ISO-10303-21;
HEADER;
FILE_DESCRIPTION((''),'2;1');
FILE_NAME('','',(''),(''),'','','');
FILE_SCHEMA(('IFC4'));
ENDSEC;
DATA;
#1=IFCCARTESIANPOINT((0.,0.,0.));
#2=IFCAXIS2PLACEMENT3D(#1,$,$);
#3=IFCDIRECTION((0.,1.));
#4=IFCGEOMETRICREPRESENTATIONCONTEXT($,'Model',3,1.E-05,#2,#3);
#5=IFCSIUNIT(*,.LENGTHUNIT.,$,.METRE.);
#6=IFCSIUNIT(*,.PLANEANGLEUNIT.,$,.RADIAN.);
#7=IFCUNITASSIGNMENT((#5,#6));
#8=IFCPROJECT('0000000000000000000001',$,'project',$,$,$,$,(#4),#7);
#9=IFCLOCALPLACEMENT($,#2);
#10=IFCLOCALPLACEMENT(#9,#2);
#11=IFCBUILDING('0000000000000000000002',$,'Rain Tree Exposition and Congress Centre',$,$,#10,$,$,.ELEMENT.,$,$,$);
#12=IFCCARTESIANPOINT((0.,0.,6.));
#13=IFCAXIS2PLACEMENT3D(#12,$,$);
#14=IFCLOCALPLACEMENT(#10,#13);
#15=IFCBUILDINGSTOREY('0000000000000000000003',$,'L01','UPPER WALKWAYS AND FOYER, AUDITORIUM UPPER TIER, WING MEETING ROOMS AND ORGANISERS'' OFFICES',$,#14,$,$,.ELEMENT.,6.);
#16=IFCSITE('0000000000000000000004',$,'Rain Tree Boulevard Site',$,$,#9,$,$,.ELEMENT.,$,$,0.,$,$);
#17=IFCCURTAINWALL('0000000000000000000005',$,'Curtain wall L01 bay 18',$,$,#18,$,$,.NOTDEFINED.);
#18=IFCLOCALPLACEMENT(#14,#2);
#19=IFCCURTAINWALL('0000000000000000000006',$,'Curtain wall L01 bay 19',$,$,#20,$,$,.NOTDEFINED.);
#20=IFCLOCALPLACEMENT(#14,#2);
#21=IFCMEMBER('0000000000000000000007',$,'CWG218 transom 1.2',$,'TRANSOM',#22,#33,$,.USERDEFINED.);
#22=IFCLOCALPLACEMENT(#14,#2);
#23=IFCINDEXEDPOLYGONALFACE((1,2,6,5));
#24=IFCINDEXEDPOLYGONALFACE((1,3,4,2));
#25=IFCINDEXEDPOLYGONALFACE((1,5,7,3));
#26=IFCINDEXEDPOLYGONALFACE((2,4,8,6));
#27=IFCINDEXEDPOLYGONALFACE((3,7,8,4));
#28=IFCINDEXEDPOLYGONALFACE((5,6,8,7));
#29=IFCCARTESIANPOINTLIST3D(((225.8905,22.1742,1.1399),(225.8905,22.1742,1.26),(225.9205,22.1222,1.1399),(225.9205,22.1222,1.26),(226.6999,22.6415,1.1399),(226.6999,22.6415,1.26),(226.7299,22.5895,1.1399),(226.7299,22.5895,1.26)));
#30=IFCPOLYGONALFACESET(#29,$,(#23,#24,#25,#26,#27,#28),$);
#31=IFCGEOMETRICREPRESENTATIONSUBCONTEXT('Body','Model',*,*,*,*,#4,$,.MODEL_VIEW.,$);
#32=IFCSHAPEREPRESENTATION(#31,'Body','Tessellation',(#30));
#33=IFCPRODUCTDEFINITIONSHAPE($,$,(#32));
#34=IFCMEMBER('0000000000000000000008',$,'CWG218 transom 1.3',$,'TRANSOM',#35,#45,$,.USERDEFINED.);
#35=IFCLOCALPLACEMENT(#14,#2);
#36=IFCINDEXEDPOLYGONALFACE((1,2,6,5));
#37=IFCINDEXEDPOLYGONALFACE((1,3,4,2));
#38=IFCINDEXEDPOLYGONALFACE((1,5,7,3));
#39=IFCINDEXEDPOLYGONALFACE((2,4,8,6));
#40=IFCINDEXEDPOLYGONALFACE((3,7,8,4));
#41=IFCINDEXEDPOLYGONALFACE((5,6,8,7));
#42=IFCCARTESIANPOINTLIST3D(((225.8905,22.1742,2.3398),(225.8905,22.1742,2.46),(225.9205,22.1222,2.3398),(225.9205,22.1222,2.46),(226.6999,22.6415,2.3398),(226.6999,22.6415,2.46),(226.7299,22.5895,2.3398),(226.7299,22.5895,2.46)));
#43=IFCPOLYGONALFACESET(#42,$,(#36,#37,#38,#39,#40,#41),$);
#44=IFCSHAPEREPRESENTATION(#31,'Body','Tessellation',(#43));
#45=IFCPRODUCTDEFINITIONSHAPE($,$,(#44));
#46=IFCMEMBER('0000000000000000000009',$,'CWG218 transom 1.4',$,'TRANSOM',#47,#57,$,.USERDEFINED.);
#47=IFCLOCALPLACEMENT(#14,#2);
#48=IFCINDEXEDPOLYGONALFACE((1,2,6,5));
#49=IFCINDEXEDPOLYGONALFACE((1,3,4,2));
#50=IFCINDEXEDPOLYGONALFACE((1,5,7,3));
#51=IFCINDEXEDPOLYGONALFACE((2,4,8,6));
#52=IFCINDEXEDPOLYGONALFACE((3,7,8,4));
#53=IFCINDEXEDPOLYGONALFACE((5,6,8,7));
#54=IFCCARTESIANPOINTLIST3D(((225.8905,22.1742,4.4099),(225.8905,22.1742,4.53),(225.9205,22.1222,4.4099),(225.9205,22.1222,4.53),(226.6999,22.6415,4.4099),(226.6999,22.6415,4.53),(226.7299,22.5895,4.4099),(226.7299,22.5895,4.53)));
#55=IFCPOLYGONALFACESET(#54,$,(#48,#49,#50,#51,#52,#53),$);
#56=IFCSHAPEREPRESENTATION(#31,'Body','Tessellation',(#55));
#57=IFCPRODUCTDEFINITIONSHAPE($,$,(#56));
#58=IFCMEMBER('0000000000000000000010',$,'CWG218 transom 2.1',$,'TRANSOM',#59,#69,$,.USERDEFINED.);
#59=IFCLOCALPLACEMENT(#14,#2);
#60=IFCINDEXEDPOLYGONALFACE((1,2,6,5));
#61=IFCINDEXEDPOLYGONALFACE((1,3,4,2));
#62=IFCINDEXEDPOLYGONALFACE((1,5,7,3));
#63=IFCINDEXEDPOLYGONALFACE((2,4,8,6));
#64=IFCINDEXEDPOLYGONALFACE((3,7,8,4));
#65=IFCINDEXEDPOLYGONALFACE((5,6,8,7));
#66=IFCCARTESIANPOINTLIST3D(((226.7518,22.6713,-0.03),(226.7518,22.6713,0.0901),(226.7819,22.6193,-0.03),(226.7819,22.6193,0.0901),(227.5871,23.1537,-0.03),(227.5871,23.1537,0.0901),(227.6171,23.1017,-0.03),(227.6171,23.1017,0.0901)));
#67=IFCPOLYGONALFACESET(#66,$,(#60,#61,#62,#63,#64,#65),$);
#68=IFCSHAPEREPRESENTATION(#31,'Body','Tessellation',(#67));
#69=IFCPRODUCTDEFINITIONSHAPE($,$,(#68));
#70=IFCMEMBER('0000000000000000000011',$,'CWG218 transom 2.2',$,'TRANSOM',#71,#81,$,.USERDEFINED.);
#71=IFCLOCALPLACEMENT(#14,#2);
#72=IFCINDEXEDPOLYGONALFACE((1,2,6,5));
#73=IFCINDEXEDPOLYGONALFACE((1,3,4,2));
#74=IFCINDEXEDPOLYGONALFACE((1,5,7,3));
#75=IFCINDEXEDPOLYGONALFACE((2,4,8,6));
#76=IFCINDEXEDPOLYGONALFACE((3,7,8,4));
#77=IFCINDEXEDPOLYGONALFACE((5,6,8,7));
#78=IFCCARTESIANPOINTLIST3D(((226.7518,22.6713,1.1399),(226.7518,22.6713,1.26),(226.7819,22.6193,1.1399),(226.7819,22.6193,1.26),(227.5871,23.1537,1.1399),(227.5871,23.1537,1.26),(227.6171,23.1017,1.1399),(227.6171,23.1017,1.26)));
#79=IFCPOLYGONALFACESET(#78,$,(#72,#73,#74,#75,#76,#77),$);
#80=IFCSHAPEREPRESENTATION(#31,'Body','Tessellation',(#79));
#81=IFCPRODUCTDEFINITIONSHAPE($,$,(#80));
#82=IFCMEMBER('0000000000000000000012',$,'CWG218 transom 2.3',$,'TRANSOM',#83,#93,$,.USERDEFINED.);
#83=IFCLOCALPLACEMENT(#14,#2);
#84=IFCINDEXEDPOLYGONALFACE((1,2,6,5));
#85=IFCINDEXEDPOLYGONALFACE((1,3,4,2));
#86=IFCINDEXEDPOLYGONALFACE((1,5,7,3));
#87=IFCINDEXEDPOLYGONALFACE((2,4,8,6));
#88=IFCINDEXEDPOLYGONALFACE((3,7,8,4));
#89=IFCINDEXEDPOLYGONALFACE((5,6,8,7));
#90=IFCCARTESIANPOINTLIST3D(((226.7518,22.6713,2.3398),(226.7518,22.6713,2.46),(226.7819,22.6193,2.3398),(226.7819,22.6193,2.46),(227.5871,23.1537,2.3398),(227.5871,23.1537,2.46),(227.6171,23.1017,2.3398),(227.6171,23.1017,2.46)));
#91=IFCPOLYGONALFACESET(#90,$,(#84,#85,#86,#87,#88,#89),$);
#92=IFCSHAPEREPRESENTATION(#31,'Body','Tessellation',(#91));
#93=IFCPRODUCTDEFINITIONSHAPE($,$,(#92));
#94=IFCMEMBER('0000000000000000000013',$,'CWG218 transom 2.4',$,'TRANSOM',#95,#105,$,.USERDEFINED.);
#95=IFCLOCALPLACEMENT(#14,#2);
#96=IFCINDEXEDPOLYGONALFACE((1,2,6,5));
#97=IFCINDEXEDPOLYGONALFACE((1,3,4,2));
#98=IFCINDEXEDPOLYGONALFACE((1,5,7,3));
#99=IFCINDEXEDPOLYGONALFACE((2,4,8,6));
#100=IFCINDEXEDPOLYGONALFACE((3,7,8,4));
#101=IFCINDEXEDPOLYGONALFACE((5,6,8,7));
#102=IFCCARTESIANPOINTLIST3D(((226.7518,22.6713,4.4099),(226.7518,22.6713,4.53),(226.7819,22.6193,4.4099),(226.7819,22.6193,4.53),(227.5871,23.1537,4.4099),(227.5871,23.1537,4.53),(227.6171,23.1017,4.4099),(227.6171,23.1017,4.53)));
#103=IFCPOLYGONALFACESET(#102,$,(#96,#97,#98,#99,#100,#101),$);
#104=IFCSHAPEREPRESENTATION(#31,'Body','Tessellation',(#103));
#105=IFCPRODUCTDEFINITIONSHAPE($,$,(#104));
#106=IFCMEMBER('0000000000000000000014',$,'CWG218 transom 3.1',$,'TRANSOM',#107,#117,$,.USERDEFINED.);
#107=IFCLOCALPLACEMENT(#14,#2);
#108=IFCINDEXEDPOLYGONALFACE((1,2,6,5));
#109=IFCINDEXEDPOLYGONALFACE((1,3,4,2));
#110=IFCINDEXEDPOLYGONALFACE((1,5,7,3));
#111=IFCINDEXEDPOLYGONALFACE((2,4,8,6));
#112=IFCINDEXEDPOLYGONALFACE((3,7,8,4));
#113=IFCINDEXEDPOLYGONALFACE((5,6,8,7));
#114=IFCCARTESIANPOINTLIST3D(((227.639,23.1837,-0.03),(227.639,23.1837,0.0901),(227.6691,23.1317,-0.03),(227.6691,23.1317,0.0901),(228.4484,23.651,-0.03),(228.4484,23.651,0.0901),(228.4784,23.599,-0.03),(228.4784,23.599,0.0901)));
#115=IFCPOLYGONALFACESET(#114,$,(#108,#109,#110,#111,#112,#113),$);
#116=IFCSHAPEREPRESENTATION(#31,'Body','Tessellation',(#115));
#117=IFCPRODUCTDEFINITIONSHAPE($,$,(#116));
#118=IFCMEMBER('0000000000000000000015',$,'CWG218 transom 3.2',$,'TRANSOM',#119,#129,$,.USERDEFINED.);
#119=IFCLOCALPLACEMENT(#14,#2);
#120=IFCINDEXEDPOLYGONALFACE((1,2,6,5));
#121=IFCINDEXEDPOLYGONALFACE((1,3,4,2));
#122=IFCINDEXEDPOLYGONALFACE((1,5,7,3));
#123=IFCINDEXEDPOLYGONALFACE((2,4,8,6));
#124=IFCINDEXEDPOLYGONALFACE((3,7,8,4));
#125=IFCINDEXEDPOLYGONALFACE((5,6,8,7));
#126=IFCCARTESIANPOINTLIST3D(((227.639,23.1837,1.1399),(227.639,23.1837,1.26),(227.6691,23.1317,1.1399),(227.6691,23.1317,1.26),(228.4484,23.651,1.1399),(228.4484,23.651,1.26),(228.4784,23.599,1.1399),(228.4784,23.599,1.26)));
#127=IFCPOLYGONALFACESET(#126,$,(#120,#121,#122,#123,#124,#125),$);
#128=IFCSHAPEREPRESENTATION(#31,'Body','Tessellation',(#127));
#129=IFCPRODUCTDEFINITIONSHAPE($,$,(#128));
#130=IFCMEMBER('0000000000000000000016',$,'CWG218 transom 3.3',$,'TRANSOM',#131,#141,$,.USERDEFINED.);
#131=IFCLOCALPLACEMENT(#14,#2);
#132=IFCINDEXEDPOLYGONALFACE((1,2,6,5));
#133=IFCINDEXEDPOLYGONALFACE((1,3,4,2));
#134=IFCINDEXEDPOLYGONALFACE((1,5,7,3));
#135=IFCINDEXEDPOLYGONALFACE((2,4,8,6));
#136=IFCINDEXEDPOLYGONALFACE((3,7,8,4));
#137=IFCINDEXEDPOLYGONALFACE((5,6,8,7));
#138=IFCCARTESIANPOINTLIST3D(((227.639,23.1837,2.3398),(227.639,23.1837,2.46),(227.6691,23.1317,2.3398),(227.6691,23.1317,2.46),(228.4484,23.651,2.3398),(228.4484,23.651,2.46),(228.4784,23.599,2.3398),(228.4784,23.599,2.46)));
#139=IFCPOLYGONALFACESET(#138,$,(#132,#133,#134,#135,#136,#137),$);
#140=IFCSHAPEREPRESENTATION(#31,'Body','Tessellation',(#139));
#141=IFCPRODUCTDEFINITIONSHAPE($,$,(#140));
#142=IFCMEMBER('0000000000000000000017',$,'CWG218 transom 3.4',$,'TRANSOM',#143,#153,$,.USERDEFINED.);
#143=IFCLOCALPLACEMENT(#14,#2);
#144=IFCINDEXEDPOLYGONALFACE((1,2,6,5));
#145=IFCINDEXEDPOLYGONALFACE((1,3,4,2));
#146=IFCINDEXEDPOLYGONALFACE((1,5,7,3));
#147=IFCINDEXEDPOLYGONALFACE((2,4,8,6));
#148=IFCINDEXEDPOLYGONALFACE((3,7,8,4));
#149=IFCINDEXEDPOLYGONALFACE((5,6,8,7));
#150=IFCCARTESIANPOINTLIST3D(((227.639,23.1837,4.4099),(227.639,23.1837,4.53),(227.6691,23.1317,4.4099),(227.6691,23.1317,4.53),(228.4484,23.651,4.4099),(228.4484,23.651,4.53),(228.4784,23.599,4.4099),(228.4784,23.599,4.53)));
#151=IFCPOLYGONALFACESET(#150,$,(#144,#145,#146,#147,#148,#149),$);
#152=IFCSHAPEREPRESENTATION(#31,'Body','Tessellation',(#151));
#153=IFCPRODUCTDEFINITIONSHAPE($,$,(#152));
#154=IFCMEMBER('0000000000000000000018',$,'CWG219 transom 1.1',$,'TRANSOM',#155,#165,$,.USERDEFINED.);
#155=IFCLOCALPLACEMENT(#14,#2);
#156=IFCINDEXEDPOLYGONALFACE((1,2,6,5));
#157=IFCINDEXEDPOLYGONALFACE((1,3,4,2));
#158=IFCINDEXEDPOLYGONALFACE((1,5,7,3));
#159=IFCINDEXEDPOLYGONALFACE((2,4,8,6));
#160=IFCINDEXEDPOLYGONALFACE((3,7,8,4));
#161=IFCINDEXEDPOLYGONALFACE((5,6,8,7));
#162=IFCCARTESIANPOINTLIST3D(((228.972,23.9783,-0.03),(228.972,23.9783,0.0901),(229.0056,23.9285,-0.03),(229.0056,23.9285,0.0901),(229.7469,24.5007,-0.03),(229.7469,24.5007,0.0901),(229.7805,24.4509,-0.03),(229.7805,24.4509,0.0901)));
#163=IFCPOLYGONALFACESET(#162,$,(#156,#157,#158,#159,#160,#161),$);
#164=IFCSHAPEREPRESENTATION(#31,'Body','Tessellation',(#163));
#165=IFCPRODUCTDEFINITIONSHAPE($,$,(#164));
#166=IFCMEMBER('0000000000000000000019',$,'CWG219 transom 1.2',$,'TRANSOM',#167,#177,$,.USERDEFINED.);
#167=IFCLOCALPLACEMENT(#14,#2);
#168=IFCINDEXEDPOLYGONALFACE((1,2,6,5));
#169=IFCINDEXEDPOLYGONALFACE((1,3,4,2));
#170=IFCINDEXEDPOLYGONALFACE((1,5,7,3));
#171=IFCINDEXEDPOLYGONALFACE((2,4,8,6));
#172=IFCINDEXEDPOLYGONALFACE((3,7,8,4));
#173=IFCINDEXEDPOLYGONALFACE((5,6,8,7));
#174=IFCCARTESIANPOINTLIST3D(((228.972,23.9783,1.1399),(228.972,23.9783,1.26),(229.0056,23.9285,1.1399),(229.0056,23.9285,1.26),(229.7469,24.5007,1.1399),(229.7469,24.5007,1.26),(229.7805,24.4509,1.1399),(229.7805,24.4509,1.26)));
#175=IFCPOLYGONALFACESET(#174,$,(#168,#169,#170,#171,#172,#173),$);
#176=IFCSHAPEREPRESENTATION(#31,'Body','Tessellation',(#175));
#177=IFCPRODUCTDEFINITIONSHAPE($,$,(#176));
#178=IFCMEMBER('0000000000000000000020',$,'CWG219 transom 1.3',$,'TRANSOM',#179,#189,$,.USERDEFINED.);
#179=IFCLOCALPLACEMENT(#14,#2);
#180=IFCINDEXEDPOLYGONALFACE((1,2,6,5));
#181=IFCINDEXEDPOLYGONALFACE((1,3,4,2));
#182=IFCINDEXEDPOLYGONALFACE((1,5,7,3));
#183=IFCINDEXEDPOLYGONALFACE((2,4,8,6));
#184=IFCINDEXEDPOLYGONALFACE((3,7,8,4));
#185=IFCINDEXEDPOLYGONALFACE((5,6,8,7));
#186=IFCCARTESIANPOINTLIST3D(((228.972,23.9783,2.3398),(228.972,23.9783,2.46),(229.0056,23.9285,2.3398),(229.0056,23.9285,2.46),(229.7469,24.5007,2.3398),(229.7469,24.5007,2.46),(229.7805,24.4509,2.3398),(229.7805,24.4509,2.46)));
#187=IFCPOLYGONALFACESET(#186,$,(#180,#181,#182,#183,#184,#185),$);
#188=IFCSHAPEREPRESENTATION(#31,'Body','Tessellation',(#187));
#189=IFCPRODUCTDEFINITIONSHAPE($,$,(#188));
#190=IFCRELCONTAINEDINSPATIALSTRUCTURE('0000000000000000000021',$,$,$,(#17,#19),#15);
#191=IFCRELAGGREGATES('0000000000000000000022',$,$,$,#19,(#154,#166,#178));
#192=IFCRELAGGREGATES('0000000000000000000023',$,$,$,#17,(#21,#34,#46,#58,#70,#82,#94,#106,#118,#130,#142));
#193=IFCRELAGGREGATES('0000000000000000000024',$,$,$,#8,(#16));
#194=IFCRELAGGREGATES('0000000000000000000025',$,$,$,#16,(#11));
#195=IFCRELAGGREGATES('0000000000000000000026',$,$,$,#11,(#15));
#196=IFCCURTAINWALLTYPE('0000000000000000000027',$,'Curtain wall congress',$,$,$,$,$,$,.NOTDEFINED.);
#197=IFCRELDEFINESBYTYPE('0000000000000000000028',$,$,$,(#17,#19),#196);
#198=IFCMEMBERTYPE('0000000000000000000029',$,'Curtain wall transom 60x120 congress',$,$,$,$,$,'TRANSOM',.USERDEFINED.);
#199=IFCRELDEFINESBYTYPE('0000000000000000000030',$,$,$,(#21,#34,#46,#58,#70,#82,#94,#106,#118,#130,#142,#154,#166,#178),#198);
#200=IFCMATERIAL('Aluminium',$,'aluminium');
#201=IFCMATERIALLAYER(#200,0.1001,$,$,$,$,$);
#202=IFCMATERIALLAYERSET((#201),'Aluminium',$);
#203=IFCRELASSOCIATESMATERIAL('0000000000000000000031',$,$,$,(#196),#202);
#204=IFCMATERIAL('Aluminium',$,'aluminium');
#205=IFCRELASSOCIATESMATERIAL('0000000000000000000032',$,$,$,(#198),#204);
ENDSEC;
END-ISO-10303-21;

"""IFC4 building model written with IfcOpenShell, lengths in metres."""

from ifc_helpers import new_model, si_unit, direction, frame, origin, origin_2d, place, context, subcontext, project, spatial, rectangle, extrude, material, layer, layer_set, material_profile, profile_set, type_object, element, aggregate, save


model = new_model("IFC4")

# Units and contexts
model_context = context("Model", 3, precision=1e-05, world=origin(), true_north=direction((0.0, 1.0)))
body_context = subcontext(model_context, "Body", "Model", "MODEL_VIEW")
ifc_project = project(units=[si_unit("LENGTHUNIT", "METRE"), si_unit("PLANEANGLEUNIT", "RADIAN")], contexts=[model_context])

# Site, building, storey
site_placement = place(None, origin())
site = spatial("IfcSite", under=ifc_project, at=site_placement, Name="Rain Tree Boulevard Site", CompositionType="ELEMENT", RefElevation=0.0)
building_placement = place(site_placement, origin())
building = spatial("IfcBuilding", under=site, at=building_placement, Name="Rain Tree Exposition and Congress Centre", CompositionType="ELEMENT")
storey_placement = place(building_placement, frame((0.0, 0.0, 6.0)))
storey = spatial("IfcBuildingStorey", under=building, at=storey_placement, Name="L01", Description="UPPER WALKWAYS AND FOYER, AUDITORIUM UPPER TIER, WING MEETING ROOMS AND ORGANISERS' OFFICES", CompositionType="ELEMENT", Elevation=6.0)

# Shared definitions
ifc_material_1 = material(Name="Aluminium", Category="aluminium")
ifc_layer_1 = layer(ifc_material_1, 0.1001)
ifc_layer_set_1 = layer_set([ifc_layer_1], Name="Aluminium")
curtain_wall_type = type_object("IfcCurtainWallType", Name="Curtain wall congress", PredefinedType="NOTDEFINED", material=ifc_layer_set_1)

# Curtain wall
curtain_wall_1_placement = place(storey_placement, origin())
curtain_wall_1 = element("IfcCurtainWall", 1, at=curtain_wall_1_placement, inside=storey, type_object=curtain_wall_type, Name="Curtain wall L01 bay 18", PredefinedType="NOTDEFINED")

# Curtain wall
curtain_wall_2_placement = place(storey_placement, origin())
curtain_wall_2 = element("IfcCurtainWall", 2, at=curtain_wall_2_placement, inside=storey, type_object=curtain_wall_type, Name="Curtain wall L01 bay 19", PredefinedType="NOTDEFINED")

# Members
ifc_material_2 = material(Name="Aluminium", Category="aluminium")
ifc_material_profile_1 = material_profile(ifc_material_2, rectangle(XDim=0.0601, YDim=0.1201, at=origin_2d()), Name="AL 60x120")
ifc_profile_set_1 = profile_set([ifc_material_profile_1], Name="Aluminium")
member_type_1 = type_object("IfcMemberType", Name="Curtain wall transom 60x120 congress", ElementType="TRANSOM", PredefinedType="USERDEFINED", material=ifc_profile_set_1)
member_1_placement = place(storey_placement, frame((225.9055, 22.1482, 1.2), z_axis=(0.866016, 0.500016, 0.0), x_axis=(-0.500016, 0.866016, 0.0)))
member_1 = element("IfcMember", 3, at=member_1_placement, type_object=member_type_1, Name="CWG218 transom 1.2", ObjectType="TRANSOM", PredefinedType="USERDEFINED", context=body_context, shape_type="SweptSolid", body=[
    extrude(rectangle(XDim=0.0601, YDim=0.1201, at=origin_2d()), origin(), (0.0, 0.0, 1.0), 0.9346),
])
member_2_placement = place(storey_placement, frame((225.9055, 22.1482, 2.3999), z_axis=(0.866016, 0.500016, 0.0), x_axis=(-0.500016, 0.866016, 0.0)))
member_2 = element("IfcMember", 4, at=member_2_placement, type_object=member_type_1, Name="CWG218 transom 1.3", ObjectType="TRANSOM", PredefinedType="USERDEFINED", context=body_context, shape_type="SweptSolid", body=[
    extrude(rectangle(XDim=0.0601, YDim=0.1201, at=origin_2d()), origin(), (0.0, 0.0, 1.0), 0.9346),
])
member_3_placement = place(storey_placement, frame((225.9055, 22.1482, 4.47), z_axis=(0.866016, 0.500016, 0.0), x_axis=(-0.500016, 0.866016, 0.0)))
member_3 = element("IfcMember", 5, at=member_3_placement, type_object=member_type_1, Name="CWG218 transom 1.4", ObjectType="TRANSOM", PredefinedType="USERDEFINED", context=body_context, shape_type="SweptSolid", body=[
    extrude(rectangle(XDim=0.0601, YDim=0.1201, at=origin_2d()), origin(), (0.0, 0.0, 1.0), 0.9346),
])
member_4_placement = place(storey_placement, frame((226.7668, 22.6453, 0.03), z_axis=(0.865928, 0.500168, 0.0), x_axis=(-0.500168, 0.865928, 0.0)))
member_4 = element("IfcMember", 6, at=member_4_placement, type_object=member_type_1, Name="CWG218 transom 2.1", ObjectType="TRANSOM", PredefinedType="USERDEFINED", context=body_context, shape_type="SweptSolid", body=[
    extrude(rectangle(XDim=0.0601, YDim=0.1201, at=origin_2d()), origin(), (0.0, 0.0, 1.0), 0.9646),
])
member_5_placement = place(storey_placement, frame((226.7668, 22.6453, 1.2), z_axis=(0.865928, 0.500168, 0.0), x_axis=(-0.500168, 0.865928, 0.0)))
member_5 = element("IfcMember", 7, at=member_5_placement, type_object=member_type_1, Name="CWG218 transom 2.2", ObjectType="TRANSOM", PredefinedType="USERDEFINED", context=body_context, shape_type="SweptSolid", body=[
    extrude(rectangle(XDim=0.0601, YDim=0.1201, at=origin_2d()), origin(), (0.0, 0.0, 1.0), 0.9646),
])
member_6_placement = place(storey_placement, frame((226.7668, 22.6453, 2.3999), z_axis=(0.865928, 0.500168, 0.0), x_axis=(-0.500168, 0.865928, 0.0)))
member_6 = element("IfcMember", 8, at=member_6_placement, type_object=member_type_1, Name="CWG218 transom 2.3", ObjectType="TRANSOM", PredefinedType="USERDEFINED", context=body_context, shape_type="SweptSolid", body=[
    extrude(rectangle(XDim=0.0601, YDim=0.1201, at=origin_2d()), origin(), (0.0, 0.0, 1.0), 0.9646),
])
member_7_placement = place(storey_placement, frame((226.7668, 22.6453, 4.47), z_axis=(0.865928, 0.500168, 0.0), x_axis=(-0.500168, 0.865928, 0.0)))
member_7 = element("IfcMember", 9, at=member_7_placement, type_object=member_type_1, Name="CWG218 transom 2.4", ObjectType="TRANSOM", PredefinedType="USERDEFINED", context=body_context, shape_type="SweptSolid", body=[
    extrude(rectangle(XDim=0.0601, YDim=0.1201, at=origin_2d()), origin(), (0.0, 0.0, 1.0), 0.9646),
])
member_8_placement = place(storey_placement, frame((227.6541, 23.1577, 0.03), z_axis=(0.866016, 0.500016, 0.0), x_axis=(-0.500016, 0.866016, 0.0)))
member_8 = element("IfcMember", 10, at=member_8_placement, type_object=member_type_1, Name="CWG218 transom 3.1", ObjectType="TRANSOM", PredefinedType="USERDEFINED", context=body_context, shape_type="SweptSolid", body=[
    extrude(rectangle(XDim=0.0601, YDim=0.1201, at=origin_2d()), origin(), (0.0, 0.0, 1.0), 0.9346),
])
member_9_placement = place(storey_placement, frame((227.6541, 23.1577, 1.2), z_axis=(0.866016, 0.500016, 0.0), x_axis=(-0.500016, 0.866016, 0.0)))
member_9 = element("IfcMember", 11, at=member_9_placement, type_object=member_type_1, Name="CWG218 transom 3.2", ObjectType="TRANSOM", PredefinedType="USERDEFINED", context=body_context, shape_type="SweptSolid", body=[
    extrude(rectangle(XDim=0.0601, YDim=0.1201, at=origin_2d()), origin(), (0.0, 0.0, 1.0), 0.9346),
])
member_10_placement = place(storey_placement, frame((227.6541, 23.1577, 2.3999), z_axis=(0.866016, 0.500016, 0.0), x_axis=(-0.500016, 0.866016, 0.0)))
member_10 = element("IfcMember", 12, at=member_10_placement, type_object=member_type_1, Name="CWG218 transom 3.3", ObjectType="TRANSOM", PredefinedType="USERDEFINED", context=body_context, shape_type="SweptSolid", body=[
    extrude(rectangle(XDim=0.0601, YDim=0.1201, at=origin_2d()), origin(), (0.0, 0.0, 1.0), 0.9346),
])
member_11_placement = place(storey_placement, frame((227.6541, 23.1577, 4.47), z_axis=(0.866016, 0.500016, 0.0), x_axis=(-0.500016, 0.866016, 0.0)))
member_11 = element("IfcMember", 13, at=member_11_placement, type_object=member_type_1, Name="CWG218 transom 3.4", ObjectType="TRANSOM", PredefinedType="USERDEFINED", context=body_context, shape_type="SweptSolid", body=[
    extrude(rectangle(XDim=0.0601, YDim=0.1201, at=origin_2d()), origin(), (0.0, 0.0, 1.0), 0.9346),
])
member_12_placement = place(storey_placement, frame((228.9888, 23.9534, 0.03), z_axis=(0.829145, 0.559033, 0.0), x_axis=(-0.559033, 0.829145, 0.0)))
member_12 = element("IfcMember", 14, at=member_12_placement, type_object=member_type_1, Name="CWG219 transom 1.1", ObjectType="TRANSOM", PredefinedType="USERDEFINED", context=body_context, shape_type="SweptSolid", body=[
    extrude(rectangle(XDim=0.0601, YDim=0.1201, at=origin_2d()), origin(), (0.0, 0.0, 1.0), 0.9346),
])
member_13_placement = place(storey_placement, frame((228.9888, 23.9534, 1.2), z_axis=(0.829145, 0.559033, 0.0), x_axis=(-0.559033, 0.829145, 0.0)))
member_13 = element("IfcMember", 15, at=member_13_placement, type_object=member_type_1, Name="CWG219 transom 1.2", ObjectType="TRANSOM", PredefinedType="USERDEFINED", context=body_context, shape_type="SweptSolid", body=[
    extrude(rectangle(XDim=0.0601, YDim=0.1201, at=origin_2d()), origin(), (0.0, 0.0, 1.0), 0.9346),
])
member_14_placement = place(storey_placement, frame((228.9888, 23.9534, 2.3999), z_axis=(0.829145, 0.559033, 0.0), x_axis=(-0.559033, 0.829145, 0.0)))
member_14 = element("IfcMember", 16, at=member_14_placement, type_object=member_type_1, Name="CWG219 transom 1.3", ObjectType="TRANSOM", PredefinedType="USERDEFINED", context=body_context, shape_type="SweptSolid", body=[
    extrude(rectangle(XDim=0.0601, YDim=0.1201, at=origin_2d()), origin(), (0.0, 0.0, 1.0), 0.9346),
])
aggregate(curtain_wall_2, [member_12, member_13, member_14])

aggregate(curtain_wall_1, [member_1, member_2, member_3, member_4, member_5, member_6, member_7, member_8, member_9, member_10, member_11])

save(model, "model.ifc")
